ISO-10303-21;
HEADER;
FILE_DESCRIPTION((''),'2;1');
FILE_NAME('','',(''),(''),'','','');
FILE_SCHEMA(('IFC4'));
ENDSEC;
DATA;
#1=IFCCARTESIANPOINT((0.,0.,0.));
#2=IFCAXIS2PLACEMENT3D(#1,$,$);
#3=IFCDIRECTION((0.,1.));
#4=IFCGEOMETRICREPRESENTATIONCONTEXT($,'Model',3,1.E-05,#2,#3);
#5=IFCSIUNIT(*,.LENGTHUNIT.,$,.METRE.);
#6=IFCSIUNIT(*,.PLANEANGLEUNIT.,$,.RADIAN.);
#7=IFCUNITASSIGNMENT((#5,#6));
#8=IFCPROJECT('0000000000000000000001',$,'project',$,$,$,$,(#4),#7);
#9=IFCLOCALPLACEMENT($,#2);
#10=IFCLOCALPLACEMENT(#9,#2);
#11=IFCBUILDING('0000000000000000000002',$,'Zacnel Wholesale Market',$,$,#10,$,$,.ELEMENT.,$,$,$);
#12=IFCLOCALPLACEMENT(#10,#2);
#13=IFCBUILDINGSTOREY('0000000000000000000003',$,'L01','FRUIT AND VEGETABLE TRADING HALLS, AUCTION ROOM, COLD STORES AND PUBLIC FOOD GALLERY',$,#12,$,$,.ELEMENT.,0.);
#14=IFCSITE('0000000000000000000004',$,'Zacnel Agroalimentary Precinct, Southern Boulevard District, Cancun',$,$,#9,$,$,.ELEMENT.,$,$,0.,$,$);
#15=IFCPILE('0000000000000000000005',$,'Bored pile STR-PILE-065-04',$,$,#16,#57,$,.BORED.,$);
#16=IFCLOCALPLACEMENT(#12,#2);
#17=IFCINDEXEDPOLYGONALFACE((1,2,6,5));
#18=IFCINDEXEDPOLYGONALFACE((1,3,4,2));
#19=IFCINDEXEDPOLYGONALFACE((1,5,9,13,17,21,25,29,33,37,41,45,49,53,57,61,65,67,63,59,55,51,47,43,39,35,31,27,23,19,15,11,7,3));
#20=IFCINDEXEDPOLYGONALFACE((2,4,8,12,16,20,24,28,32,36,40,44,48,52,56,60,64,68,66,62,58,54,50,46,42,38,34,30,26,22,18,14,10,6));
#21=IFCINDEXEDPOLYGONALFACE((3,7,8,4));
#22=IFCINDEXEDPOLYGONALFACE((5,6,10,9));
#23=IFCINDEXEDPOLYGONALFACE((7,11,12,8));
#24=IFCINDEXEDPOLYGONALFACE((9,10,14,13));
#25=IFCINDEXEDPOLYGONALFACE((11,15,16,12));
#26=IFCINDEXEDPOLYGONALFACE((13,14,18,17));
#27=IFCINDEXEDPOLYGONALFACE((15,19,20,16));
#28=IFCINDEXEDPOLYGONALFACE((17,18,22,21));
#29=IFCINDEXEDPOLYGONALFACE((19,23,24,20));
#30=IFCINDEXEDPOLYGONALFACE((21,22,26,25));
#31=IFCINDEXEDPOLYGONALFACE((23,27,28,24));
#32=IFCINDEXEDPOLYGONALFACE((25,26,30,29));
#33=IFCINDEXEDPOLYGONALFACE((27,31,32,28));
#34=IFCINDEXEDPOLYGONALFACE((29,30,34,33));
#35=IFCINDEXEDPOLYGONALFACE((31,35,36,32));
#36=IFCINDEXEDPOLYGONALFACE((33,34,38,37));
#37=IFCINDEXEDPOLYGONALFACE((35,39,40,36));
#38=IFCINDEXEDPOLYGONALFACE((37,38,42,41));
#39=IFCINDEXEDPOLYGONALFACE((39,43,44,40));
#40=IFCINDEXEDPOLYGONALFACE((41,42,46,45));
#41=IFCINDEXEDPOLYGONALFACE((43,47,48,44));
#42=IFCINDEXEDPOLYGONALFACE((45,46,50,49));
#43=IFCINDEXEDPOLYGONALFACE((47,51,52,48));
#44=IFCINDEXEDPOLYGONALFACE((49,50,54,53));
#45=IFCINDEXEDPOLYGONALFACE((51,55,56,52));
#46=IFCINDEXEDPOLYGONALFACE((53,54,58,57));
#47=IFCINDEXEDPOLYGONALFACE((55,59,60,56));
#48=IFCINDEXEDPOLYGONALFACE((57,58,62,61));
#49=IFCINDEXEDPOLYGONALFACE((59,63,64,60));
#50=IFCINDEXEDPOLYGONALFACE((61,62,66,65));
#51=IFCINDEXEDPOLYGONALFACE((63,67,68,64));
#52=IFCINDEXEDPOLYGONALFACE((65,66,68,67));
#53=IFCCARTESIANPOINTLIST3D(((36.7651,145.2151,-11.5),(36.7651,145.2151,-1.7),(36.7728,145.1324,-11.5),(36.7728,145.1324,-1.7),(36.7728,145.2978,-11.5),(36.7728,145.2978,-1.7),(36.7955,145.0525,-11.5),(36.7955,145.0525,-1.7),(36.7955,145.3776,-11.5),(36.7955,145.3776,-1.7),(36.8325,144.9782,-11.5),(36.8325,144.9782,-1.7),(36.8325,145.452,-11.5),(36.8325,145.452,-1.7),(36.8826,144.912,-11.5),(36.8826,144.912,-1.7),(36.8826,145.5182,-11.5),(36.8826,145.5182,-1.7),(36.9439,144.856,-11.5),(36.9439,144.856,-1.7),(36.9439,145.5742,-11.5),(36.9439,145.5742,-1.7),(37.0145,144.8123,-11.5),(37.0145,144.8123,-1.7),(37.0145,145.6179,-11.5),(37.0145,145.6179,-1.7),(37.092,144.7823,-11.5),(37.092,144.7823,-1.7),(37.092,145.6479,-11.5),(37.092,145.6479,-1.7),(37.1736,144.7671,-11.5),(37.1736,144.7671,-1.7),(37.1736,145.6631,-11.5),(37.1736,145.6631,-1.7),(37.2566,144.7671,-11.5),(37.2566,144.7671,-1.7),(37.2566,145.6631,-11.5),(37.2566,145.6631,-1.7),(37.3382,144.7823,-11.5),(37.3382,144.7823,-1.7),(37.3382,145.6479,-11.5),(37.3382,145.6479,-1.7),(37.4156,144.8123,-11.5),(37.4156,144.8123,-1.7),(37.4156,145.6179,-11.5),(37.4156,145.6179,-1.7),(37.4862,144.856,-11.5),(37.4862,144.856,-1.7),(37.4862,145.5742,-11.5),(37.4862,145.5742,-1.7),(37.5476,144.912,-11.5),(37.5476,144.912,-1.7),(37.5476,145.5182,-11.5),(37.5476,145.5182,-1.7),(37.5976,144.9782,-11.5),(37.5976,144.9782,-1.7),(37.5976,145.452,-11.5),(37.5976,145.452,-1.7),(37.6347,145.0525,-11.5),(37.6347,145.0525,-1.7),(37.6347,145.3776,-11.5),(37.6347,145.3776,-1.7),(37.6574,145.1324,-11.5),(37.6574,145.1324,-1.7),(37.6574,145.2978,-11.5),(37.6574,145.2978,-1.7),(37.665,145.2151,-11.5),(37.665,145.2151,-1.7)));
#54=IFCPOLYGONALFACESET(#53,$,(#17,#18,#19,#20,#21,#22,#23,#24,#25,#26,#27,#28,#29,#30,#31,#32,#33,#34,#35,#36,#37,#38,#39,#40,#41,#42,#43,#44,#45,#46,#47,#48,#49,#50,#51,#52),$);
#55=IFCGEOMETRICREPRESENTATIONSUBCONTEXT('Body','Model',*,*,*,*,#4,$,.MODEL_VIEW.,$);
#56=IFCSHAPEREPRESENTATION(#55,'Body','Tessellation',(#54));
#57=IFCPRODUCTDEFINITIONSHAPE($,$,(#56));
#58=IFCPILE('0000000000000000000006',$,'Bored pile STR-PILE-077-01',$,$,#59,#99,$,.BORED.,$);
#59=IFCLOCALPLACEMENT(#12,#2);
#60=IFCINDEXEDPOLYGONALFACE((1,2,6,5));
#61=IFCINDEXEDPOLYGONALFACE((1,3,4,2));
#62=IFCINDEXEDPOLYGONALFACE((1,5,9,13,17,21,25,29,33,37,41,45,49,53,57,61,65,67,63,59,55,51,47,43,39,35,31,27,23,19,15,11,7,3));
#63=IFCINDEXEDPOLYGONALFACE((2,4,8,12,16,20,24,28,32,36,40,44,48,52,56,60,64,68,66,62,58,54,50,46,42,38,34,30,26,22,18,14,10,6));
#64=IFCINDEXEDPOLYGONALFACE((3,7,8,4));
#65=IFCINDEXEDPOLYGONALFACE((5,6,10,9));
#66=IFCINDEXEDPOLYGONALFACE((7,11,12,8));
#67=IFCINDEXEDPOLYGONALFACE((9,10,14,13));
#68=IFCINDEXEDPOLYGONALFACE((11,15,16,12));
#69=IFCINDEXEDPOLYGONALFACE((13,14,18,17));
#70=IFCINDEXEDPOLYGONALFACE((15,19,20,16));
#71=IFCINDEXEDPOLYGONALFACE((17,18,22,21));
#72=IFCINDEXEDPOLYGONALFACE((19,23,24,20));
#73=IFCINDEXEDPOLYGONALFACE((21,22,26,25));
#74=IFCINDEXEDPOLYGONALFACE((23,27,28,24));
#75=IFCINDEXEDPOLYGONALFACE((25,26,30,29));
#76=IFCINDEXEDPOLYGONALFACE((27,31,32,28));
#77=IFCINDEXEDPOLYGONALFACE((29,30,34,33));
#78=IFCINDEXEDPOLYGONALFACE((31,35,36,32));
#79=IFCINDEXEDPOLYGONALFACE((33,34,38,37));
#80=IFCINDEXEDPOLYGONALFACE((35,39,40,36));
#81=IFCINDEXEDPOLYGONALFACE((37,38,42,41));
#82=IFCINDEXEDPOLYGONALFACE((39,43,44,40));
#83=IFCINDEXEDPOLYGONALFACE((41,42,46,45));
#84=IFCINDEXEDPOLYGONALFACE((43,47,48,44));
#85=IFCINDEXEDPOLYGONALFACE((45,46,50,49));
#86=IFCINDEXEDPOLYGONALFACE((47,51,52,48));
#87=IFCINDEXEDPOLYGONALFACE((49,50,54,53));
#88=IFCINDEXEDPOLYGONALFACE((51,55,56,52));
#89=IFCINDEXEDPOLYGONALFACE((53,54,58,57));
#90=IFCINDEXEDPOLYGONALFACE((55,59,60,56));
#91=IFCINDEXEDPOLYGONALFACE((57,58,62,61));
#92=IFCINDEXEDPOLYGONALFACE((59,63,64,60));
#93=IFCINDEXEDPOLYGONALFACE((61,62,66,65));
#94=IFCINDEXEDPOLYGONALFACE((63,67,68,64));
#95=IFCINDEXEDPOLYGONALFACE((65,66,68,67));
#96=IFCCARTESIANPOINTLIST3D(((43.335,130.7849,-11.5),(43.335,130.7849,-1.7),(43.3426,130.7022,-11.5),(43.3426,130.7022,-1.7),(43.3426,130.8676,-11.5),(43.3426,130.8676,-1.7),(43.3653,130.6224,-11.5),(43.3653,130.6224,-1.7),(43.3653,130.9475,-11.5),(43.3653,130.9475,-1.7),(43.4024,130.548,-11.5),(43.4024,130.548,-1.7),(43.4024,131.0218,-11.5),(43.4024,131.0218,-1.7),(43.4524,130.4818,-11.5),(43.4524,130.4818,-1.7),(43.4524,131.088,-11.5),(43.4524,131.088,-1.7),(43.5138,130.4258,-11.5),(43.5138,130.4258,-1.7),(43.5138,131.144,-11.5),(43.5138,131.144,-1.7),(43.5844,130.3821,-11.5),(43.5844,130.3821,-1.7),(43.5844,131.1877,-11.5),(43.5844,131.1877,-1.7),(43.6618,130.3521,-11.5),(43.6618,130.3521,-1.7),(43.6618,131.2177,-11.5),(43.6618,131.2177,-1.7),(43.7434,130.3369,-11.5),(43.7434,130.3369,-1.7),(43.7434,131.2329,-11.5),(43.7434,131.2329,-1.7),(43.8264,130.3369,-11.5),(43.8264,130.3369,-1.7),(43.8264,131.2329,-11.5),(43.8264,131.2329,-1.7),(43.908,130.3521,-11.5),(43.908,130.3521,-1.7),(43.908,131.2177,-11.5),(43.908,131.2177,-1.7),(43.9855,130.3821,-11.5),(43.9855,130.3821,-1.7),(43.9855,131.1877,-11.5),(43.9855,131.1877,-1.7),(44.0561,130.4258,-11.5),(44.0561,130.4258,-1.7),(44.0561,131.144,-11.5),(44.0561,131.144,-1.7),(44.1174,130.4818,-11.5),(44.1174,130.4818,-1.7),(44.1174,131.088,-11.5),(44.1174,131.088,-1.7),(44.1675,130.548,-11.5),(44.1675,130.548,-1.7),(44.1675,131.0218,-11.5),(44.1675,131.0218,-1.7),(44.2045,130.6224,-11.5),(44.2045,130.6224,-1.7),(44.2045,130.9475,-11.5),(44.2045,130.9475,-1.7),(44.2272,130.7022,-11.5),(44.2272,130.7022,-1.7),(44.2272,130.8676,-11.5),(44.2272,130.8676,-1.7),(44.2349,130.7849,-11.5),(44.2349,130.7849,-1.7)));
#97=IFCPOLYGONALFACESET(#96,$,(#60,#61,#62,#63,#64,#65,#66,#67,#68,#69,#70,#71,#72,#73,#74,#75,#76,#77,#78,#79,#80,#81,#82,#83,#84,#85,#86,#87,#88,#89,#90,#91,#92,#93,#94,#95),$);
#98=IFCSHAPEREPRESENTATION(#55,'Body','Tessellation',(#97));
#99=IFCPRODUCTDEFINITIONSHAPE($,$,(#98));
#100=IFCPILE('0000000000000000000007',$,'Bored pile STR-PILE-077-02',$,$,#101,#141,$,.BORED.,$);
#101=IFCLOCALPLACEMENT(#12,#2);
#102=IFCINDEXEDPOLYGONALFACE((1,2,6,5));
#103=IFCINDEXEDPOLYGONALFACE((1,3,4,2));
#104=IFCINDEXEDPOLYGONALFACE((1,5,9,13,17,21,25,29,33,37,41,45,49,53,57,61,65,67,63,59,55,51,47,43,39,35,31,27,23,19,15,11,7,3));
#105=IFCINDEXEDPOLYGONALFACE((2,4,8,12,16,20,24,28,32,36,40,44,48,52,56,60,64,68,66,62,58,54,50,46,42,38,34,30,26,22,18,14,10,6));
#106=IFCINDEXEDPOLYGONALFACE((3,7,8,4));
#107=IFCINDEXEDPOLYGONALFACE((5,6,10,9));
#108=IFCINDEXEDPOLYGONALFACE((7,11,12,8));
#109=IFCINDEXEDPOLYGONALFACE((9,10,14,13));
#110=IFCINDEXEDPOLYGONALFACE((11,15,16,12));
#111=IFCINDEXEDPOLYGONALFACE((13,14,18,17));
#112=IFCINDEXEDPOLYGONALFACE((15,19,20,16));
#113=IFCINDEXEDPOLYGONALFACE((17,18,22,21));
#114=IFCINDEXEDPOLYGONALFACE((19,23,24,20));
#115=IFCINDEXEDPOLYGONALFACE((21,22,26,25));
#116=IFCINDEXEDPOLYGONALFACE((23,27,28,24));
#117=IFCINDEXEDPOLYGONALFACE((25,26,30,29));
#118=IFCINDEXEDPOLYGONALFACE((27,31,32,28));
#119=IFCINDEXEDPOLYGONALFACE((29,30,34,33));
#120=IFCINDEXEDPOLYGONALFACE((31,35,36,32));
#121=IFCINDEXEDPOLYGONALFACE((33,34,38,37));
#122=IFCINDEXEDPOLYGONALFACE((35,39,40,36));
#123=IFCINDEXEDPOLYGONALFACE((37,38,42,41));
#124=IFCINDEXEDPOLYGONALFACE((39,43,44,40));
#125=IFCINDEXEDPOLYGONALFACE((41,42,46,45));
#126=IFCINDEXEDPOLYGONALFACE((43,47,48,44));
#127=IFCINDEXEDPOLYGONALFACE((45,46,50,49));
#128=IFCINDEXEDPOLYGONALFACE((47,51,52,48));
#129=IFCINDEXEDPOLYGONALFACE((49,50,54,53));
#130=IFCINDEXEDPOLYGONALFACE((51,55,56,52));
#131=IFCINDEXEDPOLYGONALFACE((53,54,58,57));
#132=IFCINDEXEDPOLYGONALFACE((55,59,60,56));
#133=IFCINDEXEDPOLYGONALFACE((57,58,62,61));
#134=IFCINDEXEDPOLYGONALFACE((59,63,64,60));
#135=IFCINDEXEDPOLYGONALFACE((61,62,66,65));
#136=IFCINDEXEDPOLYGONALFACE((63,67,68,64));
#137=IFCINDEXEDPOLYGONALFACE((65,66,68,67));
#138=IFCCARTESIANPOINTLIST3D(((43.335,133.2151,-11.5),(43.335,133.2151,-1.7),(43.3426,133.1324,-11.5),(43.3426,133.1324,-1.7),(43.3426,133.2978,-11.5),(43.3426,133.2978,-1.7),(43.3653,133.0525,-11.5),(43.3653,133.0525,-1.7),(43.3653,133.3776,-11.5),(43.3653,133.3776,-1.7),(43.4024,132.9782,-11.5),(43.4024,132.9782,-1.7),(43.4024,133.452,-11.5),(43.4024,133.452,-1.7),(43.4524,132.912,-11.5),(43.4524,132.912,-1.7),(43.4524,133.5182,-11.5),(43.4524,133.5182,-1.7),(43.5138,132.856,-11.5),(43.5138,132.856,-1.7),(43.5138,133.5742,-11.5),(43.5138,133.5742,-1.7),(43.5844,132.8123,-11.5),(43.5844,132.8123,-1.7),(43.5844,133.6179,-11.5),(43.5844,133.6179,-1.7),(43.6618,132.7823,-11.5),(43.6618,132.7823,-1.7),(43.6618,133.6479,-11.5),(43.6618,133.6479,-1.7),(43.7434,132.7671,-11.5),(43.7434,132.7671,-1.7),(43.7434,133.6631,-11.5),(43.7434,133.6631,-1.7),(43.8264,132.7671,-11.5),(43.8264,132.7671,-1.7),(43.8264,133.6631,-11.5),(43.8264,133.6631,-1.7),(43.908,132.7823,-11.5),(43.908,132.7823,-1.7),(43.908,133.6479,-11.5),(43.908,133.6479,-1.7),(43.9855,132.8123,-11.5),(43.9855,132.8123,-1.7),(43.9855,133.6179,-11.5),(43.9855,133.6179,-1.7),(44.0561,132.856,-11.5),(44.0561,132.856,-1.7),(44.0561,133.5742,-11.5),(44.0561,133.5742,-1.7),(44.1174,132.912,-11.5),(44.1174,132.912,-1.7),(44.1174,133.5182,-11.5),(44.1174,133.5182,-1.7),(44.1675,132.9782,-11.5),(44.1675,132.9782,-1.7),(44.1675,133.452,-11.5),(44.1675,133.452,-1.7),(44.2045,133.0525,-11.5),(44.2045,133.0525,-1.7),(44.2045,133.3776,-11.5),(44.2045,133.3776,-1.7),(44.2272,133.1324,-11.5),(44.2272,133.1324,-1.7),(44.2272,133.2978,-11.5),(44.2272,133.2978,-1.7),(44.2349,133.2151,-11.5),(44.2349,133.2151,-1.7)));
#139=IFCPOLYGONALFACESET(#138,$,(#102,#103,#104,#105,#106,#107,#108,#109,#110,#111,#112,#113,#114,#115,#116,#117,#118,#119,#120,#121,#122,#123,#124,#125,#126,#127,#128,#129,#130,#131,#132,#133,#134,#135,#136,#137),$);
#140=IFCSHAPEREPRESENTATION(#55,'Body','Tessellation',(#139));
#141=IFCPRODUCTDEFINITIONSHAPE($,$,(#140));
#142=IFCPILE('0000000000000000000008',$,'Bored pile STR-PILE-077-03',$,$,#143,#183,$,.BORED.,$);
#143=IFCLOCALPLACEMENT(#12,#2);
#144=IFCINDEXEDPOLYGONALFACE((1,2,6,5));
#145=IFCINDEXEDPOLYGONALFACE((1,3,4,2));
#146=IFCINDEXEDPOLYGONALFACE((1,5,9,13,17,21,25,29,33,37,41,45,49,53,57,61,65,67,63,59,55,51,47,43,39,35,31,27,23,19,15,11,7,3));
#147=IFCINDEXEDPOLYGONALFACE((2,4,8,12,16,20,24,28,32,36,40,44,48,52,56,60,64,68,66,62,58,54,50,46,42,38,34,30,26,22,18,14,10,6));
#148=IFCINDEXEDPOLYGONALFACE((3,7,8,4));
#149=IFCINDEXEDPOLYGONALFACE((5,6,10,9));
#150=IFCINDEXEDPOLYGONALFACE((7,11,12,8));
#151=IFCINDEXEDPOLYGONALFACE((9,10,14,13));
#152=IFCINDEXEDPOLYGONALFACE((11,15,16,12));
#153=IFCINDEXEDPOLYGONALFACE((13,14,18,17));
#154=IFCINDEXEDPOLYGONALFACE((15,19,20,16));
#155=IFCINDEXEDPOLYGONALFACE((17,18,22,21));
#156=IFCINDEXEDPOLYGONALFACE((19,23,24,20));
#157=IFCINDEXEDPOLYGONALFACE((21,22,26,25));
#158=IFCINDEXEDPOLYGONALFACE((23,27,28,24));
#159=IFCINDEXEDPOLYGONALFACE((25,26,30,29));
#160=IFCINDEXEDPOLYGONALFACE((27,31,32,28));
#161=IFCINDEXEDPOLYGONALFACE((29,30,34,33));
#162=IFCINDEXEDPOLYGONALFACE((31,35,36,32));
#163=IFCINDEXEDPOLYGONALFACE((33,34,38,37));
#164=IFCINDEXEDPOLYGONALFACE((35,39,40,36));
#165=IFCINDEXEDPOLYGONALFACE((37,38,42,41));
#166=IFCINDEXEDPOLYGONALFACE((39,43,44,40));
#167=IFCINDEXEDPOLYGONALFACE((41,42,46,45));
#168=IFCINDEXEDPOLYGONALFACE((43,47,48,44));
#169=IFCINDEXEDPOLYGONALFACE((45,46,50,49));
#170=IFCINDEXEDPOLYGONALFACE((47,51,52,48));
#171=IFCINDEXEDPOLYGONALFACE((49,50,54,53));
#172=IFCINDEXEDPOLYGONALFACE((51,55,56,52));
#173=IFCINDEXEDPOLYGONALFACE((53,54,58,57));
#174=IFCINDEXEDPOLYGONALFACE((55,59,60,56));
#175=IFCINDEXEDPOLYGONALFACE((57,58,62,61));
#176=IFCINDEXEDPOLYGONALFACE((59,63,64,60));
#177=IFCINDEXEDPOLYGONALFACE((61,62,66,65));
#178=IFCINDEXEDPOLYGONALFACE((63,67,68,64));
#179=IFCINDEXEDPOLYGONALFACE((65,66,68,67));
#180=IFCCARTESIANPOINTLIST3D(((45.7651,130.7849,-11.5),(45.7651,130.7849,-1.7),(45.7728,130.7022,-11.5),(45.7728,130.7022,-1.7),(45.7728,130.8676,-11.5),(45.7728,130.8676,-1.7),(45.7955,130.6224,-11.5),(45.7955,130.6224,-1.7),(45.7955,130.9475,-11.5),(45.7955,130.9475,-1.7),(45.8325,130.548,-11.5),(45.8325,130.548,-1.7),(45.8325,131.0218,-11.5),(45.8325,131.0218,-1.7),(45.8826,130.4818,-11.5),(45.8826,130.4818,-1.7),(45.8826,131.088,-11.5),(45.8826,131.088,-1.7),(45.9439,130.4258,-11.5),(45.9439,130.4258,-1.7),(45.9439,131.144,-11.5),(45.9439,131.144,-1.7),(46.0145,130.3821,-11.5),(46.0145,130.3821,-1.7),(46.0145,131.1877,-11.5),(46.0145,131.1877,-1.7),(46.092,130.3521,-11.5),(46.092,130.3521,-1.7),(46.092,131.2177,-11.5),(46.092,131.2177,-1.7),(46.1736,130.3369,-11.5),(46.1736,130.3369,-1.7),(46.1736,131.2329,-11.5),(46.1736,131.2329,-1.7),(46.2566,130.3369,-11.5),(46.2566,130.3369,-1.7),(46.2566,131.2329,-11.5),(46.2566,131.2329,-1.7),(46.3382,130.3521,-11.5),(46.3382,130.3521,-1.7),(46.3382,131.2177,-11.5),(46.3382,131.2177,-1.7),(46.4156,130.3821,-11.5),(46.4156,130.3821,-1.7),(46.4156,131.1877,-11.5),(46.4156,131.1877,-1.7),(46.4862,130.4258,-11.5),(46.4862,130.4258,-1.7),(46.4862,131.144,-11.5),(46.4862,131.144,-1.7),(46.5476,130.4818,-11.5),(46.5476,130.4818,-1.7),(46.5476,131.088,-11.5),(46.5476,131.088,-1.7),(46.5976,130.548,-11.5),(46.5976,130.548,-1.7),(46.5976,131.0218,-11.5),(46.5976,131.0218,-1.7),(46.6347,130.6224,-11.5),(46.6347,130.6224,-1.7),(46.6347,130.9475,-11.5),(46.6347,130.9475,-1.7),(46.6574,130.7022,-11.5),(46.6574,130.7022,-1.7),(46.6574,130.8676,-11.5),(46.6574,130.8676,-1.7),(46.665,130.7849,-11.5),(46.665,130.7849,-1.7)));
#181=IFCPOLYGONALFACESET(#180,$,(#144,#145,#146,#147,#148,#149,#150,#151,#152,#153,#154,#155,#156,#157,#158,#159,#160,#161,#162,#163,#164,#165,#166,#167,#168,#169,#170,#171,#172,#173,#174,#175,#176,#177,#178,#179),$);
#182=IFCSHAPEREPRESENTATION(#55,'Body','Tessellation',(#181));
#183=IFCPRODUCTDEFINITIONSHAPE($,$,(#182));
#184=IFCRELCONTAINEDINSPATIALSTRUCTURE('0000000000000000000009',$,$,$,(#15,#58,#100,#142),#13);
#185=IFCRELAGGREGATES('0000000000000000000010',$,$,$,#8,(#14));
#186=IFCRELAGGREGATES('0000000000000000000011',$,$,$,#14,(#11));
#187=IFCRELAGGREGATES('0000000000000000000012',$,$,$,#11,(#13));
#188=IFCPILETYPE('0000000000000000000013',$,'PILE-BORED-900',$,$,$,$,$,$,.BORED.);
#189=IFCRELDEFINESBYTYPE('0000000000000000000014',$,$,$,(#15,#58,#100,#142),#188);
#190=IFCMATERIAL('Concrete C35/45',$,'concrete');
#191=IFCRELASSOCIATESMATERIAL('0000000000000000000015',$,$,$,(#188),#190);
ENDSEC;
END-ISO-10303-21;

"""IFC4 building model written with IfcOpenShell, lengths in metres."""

from ifc_helpers import new_model, si_unit, direction, frame, origin, origin_2d, place, context, subcontext, project, spatial, circle, extrude, material, material_profile, profile_set, type_object, element, save


model = new_model("IFC4")

# Units and contexts
model_context = context("Model", 3, precision=1e-05, world=origin(), true_north=direction((0.0, 1.0)))
body_context = subcontext(model_context, "Body", "Model", "MODEL_VIEW")
ifc_project = project(units=[si_unit("LENGTHUNIT", "METRE"), si_unit("PLANEANGLEUNIT", "RADIAN")], contexts=[model_context])

# Site, building, storey
site_placement = place(None, origin())
site = spatial("IfcSite", under=ifc_project, at=site_placement, Name="Zacnel Agroalimentary Precinct, Southern Boulevard District, Cancun", CompositionType="ELEMENT", RefElevation=0.0)
building_placement = place(site_placement, origin())
building = spatial("IfcBuilding", under=site, at=building_placement, Name="Zacnel Wholesale Market", CompositionType="ELEMENT")
storey_placement = place(building_placement, origin())
storey = spatial("IfcBuildingStorey", under=building, at=storey_placement, Name="L01", Description="FRUIT AND VEGETABLE TRADING HALLS, AUCTION ROOM, COLD STORES AND PUBLIC FOOD GALLERY", CompositionType="ELEMENT", Elevation=0.0)

# Piles
ifc_material_1 = material(Name="Concrete C35/45", Category="concrete")
ifc_material_profile_1 = material_profile(ifc_material_1, circle(Radius=0.45, at=origin_2d()), Name="BORED PILE D900")
ifc_profile_set_1 = profile_set([ifc_material_profile_1], Name="Concrete C35/45")
pile_type = type_object("IfcPileType", Name="PILE-BORED-900", PredefinedType="BORED", material=ifc_profile_set_1)
for number, where, z_axis, x_axis, name in (
    (1, (37.2151, 145.2151, -1.7), (0.0, 0.0, -1.0), (1.0, 0.0, 0.0), "Bored pile STR-PILE-065-04"),
    (2, (43.7849, 130.7849, -1.7), (0.0, 0.0, -1.0), (1.0, 0.0, 0.0), "Bored pile STR-PILE-077-01"),
    (3, (43.7849, 133.2151, -1.7), (0.0, 0.0, -1.0), (1.0, 0.0, 0.0), "Bored pile STR-PILE-077-02"),
    (4, (46.2151, 130.7849, -1.7), (0.0, 0.0, -1.0), (1.0, 0.0, 0.0), "Bored pile STR-PILE-077-03"),
):
    element("IfcPile", number, at=place(storey_placement, frame(where, z_axis=z_axis, x_axis=x_axis)), inside=storey, type_object=pile_type, Name=name, PredefinedType="BORED", context=body_context, shape_type="SweptSolid", body=[
        extrude(circle(Radius=0.45, at=origin_2d()), origin(), (0.0, 0.0, 1.0), 9.8),
    ])

save(model, "model.ifc")
